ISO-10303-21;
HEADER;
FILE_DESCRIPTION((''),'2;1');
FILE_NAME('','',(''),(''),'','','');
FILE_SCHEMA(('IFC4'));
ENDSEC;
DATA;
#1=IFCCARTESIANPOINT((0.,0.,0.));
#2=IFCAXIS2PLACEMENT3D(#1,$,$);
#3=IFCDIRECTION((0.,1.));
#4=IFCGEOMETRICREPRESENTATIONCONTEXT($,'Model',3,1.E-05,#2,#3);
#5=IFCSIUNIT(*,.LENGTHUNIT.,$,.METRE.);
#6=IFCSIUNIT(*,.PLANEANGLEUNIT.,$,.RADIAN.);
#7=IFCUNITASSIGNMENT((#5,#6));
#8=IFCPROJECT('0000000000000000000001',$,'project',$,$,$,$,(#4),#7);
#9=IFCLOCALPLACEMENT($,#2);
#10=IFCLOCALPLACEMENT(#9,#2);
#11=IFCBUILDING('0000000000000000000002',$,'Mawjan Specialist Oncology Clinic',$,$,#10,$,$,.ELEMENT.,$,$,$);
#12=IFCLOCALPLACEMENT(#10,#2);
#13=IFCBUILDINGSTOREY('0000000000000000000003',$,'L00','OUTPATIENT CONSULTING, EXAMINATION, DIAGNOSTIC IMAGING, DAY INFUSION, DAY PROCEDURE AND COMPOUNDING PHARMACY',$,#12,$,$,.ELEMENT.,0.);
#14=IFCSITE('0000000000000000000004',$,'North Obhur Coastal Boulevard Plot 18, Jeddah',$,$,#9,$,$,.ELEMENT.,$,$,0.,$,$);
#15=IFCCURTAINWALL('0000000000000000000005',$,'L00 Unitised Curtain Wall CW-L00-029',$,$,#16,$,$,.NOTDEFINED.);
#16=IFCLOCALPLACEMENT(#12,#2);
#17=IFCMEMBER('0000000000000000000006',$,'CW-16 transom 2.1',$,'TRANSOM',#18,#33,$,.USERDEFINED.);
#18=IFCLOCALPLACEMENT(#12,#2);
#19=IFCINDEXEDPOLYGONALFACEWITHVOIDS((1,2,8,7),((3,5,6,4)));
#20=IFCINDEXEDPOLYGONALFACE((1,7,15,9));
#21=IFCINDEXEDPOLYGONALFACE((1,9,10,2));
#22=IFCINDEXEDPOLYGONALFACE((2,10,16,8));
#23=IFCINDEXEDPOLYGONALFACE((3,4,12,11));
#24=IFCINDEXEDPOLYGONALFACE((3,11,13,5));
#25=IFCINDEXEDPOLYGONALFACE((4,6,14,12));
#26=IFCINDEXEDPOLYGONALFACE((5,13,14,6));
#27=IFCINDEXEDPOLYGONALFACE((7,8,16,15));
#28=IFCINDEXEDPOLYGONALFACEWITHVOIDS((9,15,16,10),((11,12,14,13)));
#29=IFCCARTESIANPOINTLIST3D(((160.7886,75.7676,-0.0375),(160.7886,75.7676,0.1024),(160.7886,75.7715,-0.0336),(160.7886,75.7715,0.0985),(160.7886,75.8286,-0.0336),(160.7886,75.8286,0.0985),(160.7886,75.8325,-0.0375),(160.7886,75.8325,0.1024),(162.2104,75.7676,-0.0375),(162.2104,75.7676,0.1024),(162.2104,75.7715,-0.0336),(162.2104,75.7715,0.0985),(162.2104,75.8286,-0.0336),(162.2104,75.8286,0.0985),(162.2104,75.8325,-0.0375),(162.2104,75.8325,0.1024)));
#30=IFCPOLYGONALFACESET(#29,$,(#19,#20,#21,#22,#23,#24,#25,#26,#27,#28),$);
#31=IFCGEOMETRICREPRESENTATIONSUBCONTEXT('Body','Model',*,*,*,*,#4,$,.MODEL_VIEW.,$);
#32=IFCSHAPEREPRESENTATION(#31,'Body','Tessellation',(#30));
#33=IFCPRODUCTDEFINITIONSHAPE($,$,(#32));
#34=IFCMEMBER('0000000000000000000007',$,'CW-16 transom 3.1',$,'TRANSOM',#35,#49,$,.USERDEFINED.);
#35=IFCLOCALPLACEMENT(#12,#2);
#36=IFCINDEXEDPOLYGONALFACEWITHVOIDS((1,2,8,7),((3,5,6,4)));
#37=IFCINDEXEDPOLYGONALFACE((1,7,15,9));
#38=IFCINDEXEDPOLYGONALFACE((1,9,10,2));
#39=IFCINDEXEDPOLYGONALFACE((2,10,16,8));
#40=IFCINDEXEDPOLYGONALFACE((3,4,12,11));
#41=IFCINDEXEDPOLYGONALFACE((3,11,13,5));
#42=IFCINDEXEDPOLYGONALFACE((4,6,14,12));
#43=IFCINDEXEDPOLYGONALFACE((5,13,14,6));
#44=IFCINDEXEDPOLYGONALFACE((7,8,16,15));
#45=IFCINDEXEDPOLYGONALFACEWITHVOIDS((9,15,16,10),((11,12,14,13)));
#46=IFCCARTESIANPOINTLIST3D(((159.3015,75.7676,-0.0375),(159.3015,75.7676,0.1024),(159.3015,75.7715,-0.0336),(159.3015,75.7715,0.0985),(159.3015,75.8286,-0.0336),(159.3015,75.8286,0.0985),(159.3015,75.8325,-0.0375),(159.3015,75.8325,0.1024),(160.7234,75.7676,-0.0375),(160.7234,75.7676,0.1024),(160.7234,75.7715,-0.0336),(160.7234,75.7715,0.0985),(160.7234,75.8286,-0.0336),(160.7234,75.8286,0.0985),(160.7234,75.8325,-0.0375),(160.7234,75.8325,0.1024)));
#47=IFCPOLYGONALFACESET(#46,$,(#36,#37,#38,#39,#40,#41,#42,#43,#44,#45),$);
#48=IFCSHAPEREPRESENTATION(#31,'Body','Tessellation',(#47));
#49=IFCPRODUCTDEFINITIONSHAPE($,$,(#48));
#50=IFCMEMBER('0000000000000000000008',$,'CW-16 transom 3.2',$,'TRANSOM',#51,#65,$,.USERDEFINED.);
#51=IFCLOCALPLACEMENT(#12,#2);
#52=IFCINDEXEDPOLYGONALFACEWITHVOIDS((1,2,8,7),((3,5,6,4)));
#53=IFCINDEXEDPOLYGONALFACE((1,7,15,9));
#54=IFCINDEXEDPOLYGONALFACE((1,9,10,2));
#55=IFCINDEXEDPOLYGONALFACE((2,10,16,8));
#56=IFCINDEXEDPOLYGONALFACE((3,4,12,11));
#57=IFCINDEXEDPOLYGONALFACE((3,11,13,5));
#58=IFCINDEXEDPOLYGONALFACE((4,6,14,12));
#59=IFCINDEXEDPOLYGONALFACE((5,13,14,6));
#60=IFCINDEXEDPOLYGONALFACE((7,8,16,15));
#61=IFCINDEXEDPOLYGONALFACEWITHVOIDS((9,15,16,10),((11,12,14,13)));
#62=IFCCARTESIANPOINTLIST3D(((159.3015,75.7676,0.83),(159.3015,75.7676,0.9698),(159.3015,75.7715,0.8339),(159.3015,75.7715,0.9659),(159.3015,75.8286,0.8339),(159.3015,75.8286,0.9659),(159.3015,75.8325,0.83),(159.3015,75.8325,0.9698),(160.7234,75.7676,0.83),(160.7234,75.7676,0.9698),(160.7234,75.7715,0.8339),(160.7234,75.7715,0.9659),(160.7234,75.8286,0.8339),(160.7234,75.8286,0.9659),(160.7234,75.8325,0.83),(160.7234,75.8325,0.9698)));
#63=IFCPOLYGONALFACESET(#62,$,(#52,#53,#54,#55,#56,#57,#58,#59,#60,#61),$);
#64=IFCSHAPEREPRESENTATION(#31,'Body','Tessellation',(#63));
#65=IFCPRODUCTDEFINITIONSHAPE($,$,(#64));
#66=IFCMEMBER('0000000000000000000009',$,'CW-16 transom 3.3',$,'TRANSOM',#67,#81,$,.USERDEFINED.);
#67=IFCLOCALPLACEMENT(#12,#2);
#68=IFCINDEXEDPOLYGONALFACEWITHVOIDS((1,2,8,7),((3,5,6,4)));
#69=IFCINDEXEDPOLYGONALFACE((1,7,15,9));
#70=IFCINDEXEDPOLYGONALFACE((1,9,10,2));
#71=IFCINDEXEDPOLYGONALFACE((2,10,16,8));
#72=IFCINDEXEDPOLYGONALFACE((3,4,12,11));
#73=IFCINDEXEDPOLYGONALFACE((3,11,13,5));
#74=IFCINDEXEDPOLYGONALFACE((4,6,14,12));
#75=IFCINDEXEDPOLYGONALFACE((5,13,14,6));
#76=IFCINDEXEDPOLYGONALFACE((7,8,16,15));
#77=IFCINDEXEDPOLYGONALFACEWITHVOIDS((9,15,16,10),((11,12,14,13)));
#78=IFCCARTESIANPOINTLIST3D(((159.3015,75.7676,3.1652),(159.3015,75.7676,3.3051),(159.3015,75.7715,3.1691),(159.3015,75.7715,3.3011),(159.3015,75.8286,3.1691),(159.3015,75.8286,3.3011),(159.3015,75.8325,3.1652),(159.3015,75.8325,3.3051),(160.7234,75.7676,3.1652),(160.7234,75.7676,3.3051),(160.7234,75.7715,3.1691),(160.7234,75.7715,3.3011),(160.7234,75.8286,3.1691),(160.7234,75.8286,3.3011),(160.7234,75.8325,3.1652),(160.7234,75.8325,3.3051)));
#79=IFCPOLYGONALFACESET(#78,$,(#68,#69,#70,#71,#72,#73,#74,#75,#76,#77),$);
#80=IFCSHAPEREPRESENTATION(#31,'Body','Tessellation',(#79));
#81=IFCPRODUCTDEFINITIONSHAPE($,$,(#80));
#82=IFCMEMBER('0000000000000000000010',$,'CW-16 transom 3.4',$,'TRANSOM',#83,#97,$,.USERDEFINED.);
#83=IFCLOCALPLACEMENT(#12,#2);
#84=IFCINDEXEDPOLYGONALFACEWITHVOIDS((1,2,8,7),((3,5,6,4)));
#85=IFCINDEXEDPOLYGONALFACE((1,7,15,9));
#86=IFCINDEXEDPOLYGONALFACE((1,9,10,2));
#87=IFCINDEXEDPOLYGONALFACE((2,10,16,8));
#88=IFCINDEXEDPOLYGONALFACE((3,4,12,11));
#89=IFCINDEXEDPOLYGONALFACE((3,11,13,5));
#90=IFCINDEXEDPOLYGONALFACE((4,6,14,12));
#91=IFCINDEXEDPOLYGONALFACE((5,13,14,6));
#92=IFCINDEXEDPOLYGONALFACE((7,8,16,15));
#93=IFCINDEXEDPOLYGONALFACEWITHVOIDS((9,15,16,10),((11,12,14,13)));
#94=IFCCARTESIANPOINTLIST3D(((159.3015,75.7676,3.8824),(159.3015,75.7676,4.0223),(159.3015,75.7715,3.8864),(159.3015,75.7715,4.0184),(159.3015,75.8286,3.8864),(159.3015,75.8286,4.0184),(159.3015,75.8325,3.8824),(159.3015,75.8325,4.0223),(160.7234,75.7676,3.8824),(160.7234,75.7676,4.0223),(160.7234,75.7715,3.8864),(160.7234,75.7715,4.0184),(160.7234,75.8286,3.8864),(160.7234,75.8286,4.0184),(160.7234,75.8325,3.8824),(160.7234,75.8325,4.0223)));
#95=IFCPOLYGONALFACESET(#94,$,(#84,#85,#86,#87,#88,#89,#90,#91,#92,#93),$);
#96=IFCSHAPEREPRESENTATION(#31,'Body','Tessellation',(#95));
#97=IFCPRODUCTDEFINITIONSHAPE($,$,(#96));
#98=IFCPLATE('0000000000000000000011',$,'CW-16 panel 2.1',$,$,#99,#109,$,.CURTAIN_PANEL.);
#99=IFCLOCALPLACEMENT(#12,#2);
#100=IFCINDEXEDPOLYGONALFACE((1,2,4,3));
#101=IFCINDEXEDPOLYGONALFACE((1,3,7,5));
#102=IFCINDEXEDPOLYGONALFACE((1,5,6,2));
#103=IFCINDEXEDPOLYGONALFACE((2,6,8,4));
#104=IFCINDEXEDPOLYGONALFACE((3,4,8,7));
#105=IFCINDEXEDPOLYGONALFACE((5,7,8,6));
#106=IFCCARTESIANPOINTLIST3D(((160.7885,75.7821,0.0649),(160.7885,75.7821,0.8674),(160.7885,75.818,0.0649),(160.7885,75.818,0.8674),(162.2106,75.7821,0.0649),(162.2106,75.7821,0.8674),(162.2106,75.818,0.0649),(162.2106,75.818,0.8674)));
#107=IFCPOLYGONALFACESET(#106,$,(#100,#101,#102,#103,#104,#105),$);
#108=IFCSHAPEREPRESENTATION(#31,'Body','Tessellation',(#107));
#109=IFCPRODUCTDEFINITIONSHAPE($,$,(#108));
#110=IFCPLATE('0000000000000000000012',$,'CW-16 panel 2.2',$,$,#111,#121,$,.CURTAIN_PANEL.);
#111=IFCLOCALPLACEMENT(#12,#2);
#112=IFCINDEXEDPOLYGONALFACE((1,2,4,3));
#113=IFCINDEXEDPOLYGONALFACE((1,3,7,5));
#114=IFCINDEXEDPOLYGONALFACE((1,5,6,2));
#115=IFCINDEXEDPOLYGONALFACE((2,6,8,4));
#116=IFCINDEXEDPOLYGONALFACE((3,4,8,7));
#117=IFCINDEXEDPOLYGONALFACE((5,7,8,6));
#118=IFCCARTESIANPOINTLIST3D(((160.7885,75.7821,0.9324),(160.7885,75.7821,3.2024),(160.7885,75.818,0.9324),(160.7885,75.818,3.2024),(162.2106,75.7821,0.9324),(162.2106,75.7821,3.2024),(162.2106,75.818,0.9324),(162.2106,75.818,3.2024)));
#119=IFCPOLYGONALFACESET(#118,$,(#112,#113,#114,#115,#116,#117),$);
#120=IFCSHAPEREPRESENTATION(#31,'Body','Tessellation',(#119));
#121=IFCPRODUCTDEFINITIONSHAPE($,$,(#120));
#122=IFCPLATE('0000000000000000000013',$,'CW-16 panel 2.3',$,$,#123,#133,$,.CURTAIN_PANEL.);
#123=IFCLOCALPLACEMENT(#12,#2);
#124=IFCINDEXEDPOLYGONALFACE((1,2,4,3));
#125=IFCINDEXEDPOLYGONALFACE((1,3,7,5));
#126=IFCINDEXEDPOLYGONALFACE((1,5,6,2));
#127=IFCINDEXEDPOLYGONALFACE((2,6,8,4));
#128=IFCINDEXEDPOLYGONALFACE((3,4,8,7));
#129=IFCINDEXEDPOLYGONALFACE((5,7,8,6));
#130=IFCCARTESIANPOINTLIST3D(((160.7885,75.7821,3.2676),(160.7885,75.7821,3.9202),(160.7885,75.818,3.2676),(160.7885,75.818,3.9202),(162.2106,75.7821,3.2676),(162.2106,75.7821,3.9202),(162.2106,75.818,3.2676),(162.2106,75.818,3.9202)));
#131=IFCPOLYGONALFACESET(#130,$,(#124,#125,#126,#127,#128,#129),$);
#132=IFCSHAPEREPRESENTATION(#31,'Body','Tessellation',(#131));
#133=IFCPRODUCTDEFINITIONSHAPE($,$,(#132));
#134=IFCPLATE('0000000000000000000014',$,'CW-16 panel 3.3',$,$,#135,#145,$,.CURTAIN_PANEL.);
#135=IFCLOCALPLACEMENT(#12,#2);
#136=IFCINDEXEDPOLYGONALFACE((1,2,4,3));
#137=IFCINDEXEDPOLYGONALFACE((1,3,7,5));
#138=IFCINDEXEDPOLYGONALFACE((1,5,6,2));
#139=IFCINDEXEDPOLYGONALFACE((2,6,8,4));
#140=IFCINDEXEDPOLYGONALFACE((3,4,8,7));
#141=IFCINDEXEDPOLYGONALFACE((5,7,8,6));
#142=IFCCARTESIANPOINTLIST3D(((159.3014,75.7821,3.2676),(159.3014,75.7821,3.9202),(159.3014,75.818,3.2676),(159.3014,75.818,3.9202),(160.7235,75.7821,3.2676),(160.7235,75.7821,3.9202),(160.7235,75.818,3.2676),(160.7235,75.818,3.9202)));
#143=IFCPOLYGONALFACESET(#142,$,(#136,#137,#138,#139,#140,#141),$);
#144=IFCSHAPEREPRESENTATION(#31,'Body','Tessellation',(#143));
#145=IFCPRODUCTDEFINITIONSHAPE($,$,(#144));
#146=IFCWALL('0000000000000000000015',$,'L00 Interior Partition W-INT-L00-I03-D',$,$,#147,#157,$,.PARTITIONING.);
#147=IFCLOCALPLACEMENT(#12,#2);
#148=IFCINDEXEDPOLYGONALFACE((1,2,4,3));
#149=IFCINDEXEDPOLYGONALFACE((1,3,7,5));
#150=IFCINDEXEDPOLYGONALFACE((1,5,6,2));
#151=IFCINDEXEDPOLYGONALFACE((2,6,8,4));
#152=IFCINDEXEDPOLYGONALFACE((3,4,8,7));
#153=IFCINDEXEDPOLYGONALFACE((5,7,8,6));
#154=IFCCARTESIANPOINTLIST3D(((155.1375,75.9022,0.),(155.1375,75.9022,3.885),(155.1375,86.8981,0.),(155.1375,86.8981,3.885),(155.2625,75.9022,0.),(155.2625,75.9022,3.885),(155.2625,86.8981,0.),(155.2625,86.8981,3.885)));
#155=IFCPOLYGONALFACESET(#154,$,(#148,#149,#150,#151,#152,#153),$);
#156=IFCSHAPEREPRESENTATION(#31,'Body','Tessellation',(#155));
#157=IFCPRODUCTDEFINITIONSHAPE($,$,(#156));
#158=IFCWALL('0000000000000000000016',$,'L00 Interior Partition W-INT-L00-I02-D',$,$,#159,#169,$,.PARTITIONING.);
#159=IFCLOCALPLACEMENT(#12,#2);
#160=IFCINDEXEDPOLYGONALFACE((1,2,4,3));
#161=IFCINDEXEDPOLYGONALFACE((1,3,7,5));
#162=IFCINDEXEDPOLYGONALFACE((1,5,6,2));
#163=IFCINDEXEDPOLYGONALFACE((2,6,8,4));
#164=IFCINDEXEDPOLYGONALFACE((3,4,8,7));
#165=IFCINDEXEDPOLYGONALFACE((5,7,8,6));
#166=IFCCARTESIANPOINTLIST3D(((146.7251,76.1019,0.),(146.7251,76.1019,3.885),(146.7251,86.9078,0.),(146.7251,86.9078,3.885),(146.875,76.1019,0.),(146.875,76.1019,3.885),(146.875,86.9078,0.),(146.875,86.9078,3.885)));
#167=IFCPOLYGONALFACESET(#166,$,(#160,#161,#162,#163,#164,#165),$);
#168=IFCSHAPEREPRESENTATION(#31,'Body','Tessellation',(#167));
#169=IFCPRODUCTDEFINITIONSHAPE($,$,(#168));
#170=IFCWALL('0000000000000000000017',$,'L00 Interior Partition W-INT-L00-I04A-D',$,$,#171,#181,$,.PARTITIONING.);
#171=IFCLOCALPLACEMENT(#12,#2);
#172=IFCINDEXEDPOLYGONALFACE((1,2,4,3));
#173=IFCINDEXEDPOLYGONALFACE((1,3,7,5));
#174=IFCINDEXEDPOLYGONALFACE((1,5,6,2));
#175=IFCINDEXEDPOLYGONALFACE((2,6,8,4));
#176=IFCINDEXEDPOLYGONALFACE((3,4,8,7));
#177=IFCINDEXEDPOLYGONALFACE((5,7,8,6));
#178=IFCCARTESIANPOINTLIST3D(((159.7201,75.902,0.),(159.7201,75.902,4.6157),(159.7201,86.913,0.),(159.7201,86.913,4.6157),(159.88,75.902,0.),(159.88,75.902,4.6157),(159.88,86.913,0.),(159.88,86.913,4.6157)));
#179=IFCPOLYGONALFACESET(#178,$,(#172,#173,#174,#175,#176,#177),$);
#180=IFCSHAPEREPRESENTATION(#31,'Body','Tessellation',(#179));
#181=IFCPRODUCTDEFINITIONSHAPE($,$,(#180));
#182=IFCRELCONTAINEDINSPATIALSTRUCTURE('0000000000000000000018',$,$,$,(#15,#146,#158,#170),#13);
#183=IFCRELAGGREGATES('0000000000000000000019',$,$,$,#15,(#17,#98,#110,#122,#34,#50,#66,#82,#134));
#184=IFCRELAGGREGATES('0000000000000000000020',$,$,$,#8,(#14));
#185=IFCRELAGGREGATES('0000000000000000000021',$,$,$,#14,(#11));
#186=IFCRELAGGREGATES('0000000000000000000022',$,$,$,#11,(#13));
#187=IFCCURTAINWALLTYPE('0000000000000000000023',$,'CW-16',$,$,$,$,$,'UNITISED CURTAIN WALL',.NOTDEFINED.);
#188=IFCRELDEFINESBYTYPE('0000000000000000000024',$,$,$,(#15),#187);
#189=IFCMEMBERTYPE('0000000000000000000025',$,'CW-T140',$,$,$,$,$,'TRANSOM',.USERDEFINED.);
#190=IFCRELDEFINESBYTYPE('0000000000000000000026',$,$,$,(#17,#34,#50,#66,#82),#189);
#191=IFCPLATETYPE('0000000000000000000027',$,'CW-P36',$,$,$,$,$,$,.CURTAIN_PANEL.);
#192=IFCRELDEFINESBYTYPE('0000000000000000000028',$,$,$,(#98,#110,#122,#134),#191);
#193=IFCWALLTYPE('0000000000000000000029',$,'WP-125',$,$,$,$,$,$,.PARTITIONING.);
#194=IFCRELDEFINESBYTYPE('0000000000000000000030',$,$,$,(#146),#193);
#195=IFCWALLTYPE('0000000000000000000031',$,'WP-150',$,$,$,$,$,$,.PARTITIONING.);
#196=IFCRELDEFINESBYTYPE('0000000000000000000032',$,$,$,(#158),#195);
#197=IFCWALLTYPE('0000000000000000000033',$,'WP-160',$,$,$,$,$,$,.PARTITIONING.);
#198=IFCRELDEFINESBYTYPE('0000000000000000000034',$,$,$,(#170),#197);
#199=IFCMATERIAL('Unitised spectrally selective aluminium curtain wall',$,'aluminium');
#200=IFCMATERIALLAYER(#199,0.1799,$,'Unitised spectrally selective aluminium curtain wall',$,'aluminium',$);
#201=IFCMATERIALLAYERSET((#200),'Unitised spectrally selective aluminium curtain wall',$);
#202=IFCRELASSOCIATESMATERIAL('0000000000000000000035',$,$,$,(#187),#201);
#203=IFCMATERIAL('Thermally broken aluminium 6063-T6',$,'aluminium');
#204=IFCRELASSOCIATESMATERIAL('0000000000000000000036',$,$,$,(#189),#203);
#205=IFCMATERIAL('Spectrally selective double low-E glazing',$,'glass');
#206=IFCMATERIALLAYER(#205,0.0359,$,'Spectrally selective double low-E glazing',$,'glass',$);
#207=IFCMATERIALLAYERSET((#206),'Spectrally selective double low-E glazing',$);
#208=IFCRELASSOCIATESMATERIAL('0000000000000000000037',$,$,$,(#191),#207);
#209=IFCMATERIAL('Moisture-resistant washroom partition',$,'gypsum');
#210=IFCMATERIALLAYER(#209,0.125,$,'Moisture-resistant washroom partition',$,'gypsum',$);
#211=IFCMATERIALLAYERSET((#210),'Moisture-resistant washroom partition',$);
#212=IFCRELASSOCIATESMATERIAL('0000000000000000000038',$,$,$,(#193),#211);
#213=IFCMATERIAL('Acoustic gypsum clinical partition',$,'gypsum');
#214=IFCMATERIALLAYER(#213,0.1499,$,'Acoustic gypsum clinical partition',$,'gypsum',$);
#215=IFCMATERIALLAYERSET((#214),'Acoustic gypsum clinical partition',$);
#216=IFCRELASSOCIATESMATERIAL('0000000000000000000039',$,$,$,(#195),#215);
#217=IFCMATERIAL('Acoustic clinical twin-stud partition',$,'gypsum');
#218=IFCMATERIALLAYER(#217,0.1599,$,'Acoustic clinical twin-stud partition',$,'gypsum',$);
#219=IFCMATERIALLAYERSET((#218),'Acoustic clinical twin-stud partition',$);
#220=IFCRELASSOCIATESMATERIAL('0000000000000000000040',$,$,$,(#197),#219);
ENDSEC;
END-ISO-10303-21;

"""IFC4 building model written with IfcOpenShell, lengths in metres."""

from ifc_helpers import new_model, si_unit, direction, frame, frame_2d, origin, origin_2d, place, context, subcontext, project, spatial, rectangle, hollow_rectangle, extrude, material, layer, layer_set, material_profile, profile_set, type_object, element, aggregate, save


model = new_model("IFC4")

# Units and contexts
model_context = context("Model", 3, precision=1e-05, world=origin(), true_north=direction((0.0, 1.0)))
body_context = subcontext(model_context, "Body", "Model", "MODEL_VIEW")
ifc_project = project(units=[si_unit("LENGTHUNIT", "METRE"), si_unit("PLANEANGLEUNIT", "RADIAN")], contexts=[model_context])

# Site, building, storey
site_placement = place(None, origin())
site = spatial("IfcSite", under=ifc_project, at=site_placement, Name="North Obhur Coastal Boulevard Plot 18, Jeddah", CompositionType="ELEMENT", RefElevation=0.0)
building_placement = place(site_placement, origin())
building = spatial("IfcBuilding", under=site, at=building_placement, Name="Mawjan Specialist Oncology Clinic", CompositionType="ELEMENT")
storey_placement = place(building_placement, origin())
storey = spatial("IfcBuildingStorey", under=building, at=storey_placement, Name="L00", Description="OUTPATIENT CONSULTING, EXAMINATION, DIAGNOSTIC IMAGING, DAY INFUSION, DAY PROCEDURE AND COMPOUNDING PHARMACY", CompositionType="ELEMENT", Elevation=0.0)

# Curtain wall, members, plates
ifc_material_1 = material(Name="Unitised spectrally selective aluminium curtain wall", Category="aluminium")
ifc_layer_1 = layer(ifc_material_1, 0.1799, Name="Unitised spectrally selective aluminium curtain wall", Category="aluminium")
ifc_layer_set_1 = layer_set([ifc_layer_1], Name="Unitised spectrally selective aluminium curtain wall")
curtain_wall_type = type_object("IfcCurtainWallType", Name="CW-16", ElementType="UNITISED CURTAIN WALL", PredefinedType="NOTDEFINED", material=ifc_layer_set_1)
curtain_wall_placement = place(storey_placement, origin())
curtain_wall = element("IfcCurtainWall", 1, at=curtain_wall_placement, inside=storey, type_object=curtain_wall_type, Name="L00 Unitised Curtain Wall CW-L00-029", PredefinedType="NOTDEFINED")
ifc_material_2 = material(Name="Thermally broken aluminium 6063-T6", Category="aluminium")
ifc_material_profile_1 = material_profile(ifc_material_2, hollow_rectangle(XDim=0.0649, YDim=0.1399, WallThickness=0.0039, at=origin_2d()), Name="ALU TRANSOM 140x65x4", Category="aluminium")
ifc_profile_set_1 = profile_set([ifc_material_profile_1], Name="Thermally broken aluminium 6063-T6")
member_type_1 = type_object("IfcMemberType", Name="CW-T140", ElementType="TRANSOM", PredefinedType="USERDEFINED", material=ifc_profile_set_1)
member_1_placement = place(storey_placement, frame((162.2104, 75.8, 0.0325), z_axis=(-1.0, 0.0, 0.0), x_axis=(0.0, -1.0, 0.0)))
member_1 = element("IfcMember", 2, at=member_1_placement, type_object=member_type_1, Name="CW-16 transom 2.1", ObjectType="TRANSOM", PredefinedType="USERDEFINED", context=body_context, shape_type="SweptSolid", body=[
    extrude(hollow_rectangle(XDim=0.0649, YDim=0.1399, WallThickness=0.0039, at=origin_2d()), origin(), (0.0, 0.0, 1.0), 1.4219),
])
member_2_placement = place(storey_placement, frame((160.7234, 75.8, 0.0325), z_axis=(-1.0, 0.0, 0.0), x_axis=(0.0, -1.0, 0.0)))
member_2 = element("IfcMember", 3, at=member_2_placement, type_object=member_type_1, Name="CW-16 transom 3.1", ObjectType="TRANSOM", PredefinedType="USERDEFINED", context=body_context, shape_type="SweptSolid", body=[
    extrude(hollow_rectangle(XDim=0.0649, YDim=0.1399, WallThickness=0.0039, at=origin_2d()), origin(), (0.0, 0.0, 1.0), 1.4219),
])
member_3_placement = place(storey_placement, frame((160.7234, 75.8, 0.8999), z_axis=(-1.0, 0.0, 0.0), x_axis=(0.0, -1.0, 0.0)))
member_3 = element("IfcMember", 4, at=member_3_placement, type_object=member_type_1, Name="CW-16 transom 3.2", ObjectType="TRANSOM", PredefinedType="USERDEFINED", context=body_context, shape_type="SweptSolid", body=[
    extrude(hollow_rectangle(XDim=0.0649, YDim=0.1399, WallThickness=0.0039, at=origin_2d()), origin(), (0.0, 0.0, 1.0), 1.4219),
])
member_4_placement = place(storey_placement, frame((160.7234, 75.8, 3.2351), z_axis=(-1.0, 0.0, 0.0), x_axis=(0.0, -1.0, 0.0)))
member_4 = element("IfcMember", 5, at=member_4_placement, type_object=member_type_1, Name="CW-16 transom 3.3", ObjectType="TRANSOM", PredefinedType="USERDEFINED", context=body_context, shape_type="SweptSolid", body=[
    extrude(hollow_rectangle(XDim=0.0649, YDim=0.1399, WallThickness=0.0039, at=origin_2d()), origin(), (0.0, 0.0, 1.0), 1.4219),
])
member_5_placement = place(storey_placement, frame((160.7234, 75.8, 3.9524), z_axis=(-1.0, 0.0, 0.0), x_axis=(0.0, -1.0, 0.0)))
member_5 = element("IfcMember", 6, at=member_5_placement, type_object=member_type_1, Name="CW-16 transom 3.4", ObjectType="TRANSOM", PredefinedType="USERDEFINED", context=body_context, shape_type="SweptSolid", body=[
    extrude(hollow_rectangle(XDim=0.0649, YDim=0.1399, WallThickness=0.0039, at=origin_2d()), origin(), (0.0, 0.0, 1.0), 1.4219),
])
ifc_material_3 = material(Name="Spectrally selective double low-E glazing", Category="glass")
ifc_layer_2 = layer(ifc_material_3, 0.0359, Name="Spectrally selective double low-E glazing", Category="glass")
ifc_layer_set_2 = layer_set([ifc_layer_2], Name="Spectrally selective double low-E glazing")
plate_type = type_object("IfcPlateType", Name="CW-P36", PredefinedType="CURTAIN_PANEL", material=ifc_layer_set_2)
plate_1_placement = place(storey_placement, frame((161.4995, 75.8, 0.0649), z_axis=(0.0, 0.0, 1.0), x_axis=(-1.0, 0.0, 0.0)))
plate_1 = element("IfcPlate", 7, at=plate_1_placement, type_object=plate_type, Name="CW-16 panel 2.1", PredefinedType="CURTAIN_PANEL", context=body_context, shape_type="SweptSolid", body=[
    extrude(rectangle(XDim=1.4221, YDim=0.0359, at=origin_2d()), origin(), (0.0, 0.0, 1.0), 0.8025),
])
plate_2_placement = place(storey_placement, frame((161.4995, 75.8, 0.9324), z_axis=(0.0, 0.0, 1.0), x_axis=(-1.0, 0.0, 0.0)))
plate_2 = element("IfcPlate", 8, at=plate_2_placement, type_object=plate_type, Name="CW-16 panel 2.2", PredefinedType="CURTAIN_PANEL", context=body_context, shape_type="SweptSolid", body=[
    extrude(rectangle(XDim=1.4221, YDim=0.0359, at=origin_2d()), origin(), (0.0, 0.0, 1.0), 2.27),
])
plate_3_placement = place(storey_placement, frame((161.4995, 75.8, 3.2676), z_axis=(0.0, 0.0, 1.0), x_axis=(-1.0, 0.0, 0.0)))
plate_3 = element("IfcPlate", 9, at=plate_3_placement, type_object=plate_type, Name="CW-16 panel 2.3", PredefinedType="CURTAIN_PANEL", context=body_context, shape_type="SweptSolid", body=[
    extrude(rectangle(XDim=1.4221, YDim=0.0359, at=origin_2d()), origin(), (0.0, 0.0, 1.0), 0.6526),
])
plate_4_placement = place(storey_placement, frame((160.0125, 75.8, 3.2676), z_axis=(0.0, 0.0, 1.0), x_axis=(-1.0, 0.0, 0.0)))
plate_4 = element("IfcPlate", 10, at=plate_4_placement, type_object=plate_type, Name="CW-16 panel 3.3", PredefinedType="CURTAIN_PANEL", context=body_context, shape_type="SweptSolid", body=[
    extrude(rectangle(XDim=1.4221, YDim=0.0359, at=origin_2d()), origin(), (0.0, 0.0, 1.0), 0.6526),
])
aggregate(curtain_wall, [member_1, plate_1, plate_2, plate_3, member_2, member_3, member_4, member_5, plate_4])

# Walls
ifc_material_4 = material(Name="Moisture-resistant washroom partition", Category="gypsum")
ifc_layer_3 = layer(ifc_material_4, 0.125, Name="Moisture-resistant washroom partition", Category="gypsum")
ifc_layer_set_3 = layer_set([ifc_layer_3], Name="Moisture-resistant washroom partition")
wall_type_1 = type_object("IfcWallType", Name="WP-125", PredefinedType="PARTITIONING", material=ifc_layer_set_3)
wall_1_placement = place(storey_placement, frame((155.2, 75.9021, 0.0), z_axis=(0.0, 0.0, 1.0), x_axis=(0.0, 1.0, 0.0)))
element("IfcWall", 11, at=wall_1_placement, inside=storey, type_object=wall_type_1, Name="L00 Interior Partition W-INT-L00-I03-D", PredefinedType="PARTITIONING", context=body_context, shape_type="SweptSolid", body=[
    extrude(rectangle(XDim=10.9958, YDim=0.125, at=frame_2d((5.498, 0.0))), origin(), (0.0, 0.0, 1.0), 3.885),
])
ifc_material_5 = material(Name="Acoustic gypsum clinical partition", Category="gypsum")
ifc_layer_4 = layer(ifc_material_5, 0.1499, Name="Acoustic gypsum clinical partition", Category="gypsum")
ifc_layer_set_4 = layer_set([ifc_layer_4], Name="Acoustic gypsum clinical partition")
wall_type_2 = type_object("IfcWallType", Name="WP-150", PredefinedType="PARTITIONING", material=ifc_layer_set_4)
wall_2_placement = place(storey_placement, frame((146.8, 76.1021, 0.0), z_axis=(0.0, 0.0, 1.0), x_axis=(0.0, 1.0, 0.0)))
element("IfcWall", 12, at=wall_2_placement, inside=storey, type_object=wall_type_2, Name="L00 Interior Partition W-INT-L00-I02-D", PredefinedType="PARTITIONING", context=body_context, shape_type="SweptSolid", body=[
    extrude(rectangle(XDim=10.8059, YDim=0.1499, at=frame_2d((5.4028, 0.0))), origin(), (0.0, 0.0, 1.0), 3.885),
])
ifc_material_6 = material(Name="Acoustic clinical twin-stud partition", Category="gypsum")
ifc_layer_5 = layer(ifc_material_6, 0.1599, Name="Acoustic clinical twin-stud partition", Category="gypsum")
ifc_layer_set_5 = layer_set([ifc_layer_5], Name="Acoustic clinical twin-stud partition")
wall_type_3 = type_object("IfcWallType", Name="WP-160", PredefinedType="PARTITIONING", material=ifc_layer_set_5)
wall_3_placement = place(storey_placement, frame((159.8, 75.9021, 0.0), z_axis=(0.0, 0.0, 1.0), x_axis=(0.0, 1.0, 0.0)))
element("IfcWall", 13, at=wall_3_placement, inside=storey, type_object=wall_type_3, Name="L00 Interior Partition W-INT-L00-I04A-D", PredefinedType="PARTITIONING", context=body_context, shape_type="SweptSolid", body=[
    extrude(rectangle(XDim=11.011, YDim=0.1599, at=frame_2d((5.5054, 0.0))), origin(), (0.0, 0.0, 1.0), 4.6157),
])

save(model, "model.ifc")
